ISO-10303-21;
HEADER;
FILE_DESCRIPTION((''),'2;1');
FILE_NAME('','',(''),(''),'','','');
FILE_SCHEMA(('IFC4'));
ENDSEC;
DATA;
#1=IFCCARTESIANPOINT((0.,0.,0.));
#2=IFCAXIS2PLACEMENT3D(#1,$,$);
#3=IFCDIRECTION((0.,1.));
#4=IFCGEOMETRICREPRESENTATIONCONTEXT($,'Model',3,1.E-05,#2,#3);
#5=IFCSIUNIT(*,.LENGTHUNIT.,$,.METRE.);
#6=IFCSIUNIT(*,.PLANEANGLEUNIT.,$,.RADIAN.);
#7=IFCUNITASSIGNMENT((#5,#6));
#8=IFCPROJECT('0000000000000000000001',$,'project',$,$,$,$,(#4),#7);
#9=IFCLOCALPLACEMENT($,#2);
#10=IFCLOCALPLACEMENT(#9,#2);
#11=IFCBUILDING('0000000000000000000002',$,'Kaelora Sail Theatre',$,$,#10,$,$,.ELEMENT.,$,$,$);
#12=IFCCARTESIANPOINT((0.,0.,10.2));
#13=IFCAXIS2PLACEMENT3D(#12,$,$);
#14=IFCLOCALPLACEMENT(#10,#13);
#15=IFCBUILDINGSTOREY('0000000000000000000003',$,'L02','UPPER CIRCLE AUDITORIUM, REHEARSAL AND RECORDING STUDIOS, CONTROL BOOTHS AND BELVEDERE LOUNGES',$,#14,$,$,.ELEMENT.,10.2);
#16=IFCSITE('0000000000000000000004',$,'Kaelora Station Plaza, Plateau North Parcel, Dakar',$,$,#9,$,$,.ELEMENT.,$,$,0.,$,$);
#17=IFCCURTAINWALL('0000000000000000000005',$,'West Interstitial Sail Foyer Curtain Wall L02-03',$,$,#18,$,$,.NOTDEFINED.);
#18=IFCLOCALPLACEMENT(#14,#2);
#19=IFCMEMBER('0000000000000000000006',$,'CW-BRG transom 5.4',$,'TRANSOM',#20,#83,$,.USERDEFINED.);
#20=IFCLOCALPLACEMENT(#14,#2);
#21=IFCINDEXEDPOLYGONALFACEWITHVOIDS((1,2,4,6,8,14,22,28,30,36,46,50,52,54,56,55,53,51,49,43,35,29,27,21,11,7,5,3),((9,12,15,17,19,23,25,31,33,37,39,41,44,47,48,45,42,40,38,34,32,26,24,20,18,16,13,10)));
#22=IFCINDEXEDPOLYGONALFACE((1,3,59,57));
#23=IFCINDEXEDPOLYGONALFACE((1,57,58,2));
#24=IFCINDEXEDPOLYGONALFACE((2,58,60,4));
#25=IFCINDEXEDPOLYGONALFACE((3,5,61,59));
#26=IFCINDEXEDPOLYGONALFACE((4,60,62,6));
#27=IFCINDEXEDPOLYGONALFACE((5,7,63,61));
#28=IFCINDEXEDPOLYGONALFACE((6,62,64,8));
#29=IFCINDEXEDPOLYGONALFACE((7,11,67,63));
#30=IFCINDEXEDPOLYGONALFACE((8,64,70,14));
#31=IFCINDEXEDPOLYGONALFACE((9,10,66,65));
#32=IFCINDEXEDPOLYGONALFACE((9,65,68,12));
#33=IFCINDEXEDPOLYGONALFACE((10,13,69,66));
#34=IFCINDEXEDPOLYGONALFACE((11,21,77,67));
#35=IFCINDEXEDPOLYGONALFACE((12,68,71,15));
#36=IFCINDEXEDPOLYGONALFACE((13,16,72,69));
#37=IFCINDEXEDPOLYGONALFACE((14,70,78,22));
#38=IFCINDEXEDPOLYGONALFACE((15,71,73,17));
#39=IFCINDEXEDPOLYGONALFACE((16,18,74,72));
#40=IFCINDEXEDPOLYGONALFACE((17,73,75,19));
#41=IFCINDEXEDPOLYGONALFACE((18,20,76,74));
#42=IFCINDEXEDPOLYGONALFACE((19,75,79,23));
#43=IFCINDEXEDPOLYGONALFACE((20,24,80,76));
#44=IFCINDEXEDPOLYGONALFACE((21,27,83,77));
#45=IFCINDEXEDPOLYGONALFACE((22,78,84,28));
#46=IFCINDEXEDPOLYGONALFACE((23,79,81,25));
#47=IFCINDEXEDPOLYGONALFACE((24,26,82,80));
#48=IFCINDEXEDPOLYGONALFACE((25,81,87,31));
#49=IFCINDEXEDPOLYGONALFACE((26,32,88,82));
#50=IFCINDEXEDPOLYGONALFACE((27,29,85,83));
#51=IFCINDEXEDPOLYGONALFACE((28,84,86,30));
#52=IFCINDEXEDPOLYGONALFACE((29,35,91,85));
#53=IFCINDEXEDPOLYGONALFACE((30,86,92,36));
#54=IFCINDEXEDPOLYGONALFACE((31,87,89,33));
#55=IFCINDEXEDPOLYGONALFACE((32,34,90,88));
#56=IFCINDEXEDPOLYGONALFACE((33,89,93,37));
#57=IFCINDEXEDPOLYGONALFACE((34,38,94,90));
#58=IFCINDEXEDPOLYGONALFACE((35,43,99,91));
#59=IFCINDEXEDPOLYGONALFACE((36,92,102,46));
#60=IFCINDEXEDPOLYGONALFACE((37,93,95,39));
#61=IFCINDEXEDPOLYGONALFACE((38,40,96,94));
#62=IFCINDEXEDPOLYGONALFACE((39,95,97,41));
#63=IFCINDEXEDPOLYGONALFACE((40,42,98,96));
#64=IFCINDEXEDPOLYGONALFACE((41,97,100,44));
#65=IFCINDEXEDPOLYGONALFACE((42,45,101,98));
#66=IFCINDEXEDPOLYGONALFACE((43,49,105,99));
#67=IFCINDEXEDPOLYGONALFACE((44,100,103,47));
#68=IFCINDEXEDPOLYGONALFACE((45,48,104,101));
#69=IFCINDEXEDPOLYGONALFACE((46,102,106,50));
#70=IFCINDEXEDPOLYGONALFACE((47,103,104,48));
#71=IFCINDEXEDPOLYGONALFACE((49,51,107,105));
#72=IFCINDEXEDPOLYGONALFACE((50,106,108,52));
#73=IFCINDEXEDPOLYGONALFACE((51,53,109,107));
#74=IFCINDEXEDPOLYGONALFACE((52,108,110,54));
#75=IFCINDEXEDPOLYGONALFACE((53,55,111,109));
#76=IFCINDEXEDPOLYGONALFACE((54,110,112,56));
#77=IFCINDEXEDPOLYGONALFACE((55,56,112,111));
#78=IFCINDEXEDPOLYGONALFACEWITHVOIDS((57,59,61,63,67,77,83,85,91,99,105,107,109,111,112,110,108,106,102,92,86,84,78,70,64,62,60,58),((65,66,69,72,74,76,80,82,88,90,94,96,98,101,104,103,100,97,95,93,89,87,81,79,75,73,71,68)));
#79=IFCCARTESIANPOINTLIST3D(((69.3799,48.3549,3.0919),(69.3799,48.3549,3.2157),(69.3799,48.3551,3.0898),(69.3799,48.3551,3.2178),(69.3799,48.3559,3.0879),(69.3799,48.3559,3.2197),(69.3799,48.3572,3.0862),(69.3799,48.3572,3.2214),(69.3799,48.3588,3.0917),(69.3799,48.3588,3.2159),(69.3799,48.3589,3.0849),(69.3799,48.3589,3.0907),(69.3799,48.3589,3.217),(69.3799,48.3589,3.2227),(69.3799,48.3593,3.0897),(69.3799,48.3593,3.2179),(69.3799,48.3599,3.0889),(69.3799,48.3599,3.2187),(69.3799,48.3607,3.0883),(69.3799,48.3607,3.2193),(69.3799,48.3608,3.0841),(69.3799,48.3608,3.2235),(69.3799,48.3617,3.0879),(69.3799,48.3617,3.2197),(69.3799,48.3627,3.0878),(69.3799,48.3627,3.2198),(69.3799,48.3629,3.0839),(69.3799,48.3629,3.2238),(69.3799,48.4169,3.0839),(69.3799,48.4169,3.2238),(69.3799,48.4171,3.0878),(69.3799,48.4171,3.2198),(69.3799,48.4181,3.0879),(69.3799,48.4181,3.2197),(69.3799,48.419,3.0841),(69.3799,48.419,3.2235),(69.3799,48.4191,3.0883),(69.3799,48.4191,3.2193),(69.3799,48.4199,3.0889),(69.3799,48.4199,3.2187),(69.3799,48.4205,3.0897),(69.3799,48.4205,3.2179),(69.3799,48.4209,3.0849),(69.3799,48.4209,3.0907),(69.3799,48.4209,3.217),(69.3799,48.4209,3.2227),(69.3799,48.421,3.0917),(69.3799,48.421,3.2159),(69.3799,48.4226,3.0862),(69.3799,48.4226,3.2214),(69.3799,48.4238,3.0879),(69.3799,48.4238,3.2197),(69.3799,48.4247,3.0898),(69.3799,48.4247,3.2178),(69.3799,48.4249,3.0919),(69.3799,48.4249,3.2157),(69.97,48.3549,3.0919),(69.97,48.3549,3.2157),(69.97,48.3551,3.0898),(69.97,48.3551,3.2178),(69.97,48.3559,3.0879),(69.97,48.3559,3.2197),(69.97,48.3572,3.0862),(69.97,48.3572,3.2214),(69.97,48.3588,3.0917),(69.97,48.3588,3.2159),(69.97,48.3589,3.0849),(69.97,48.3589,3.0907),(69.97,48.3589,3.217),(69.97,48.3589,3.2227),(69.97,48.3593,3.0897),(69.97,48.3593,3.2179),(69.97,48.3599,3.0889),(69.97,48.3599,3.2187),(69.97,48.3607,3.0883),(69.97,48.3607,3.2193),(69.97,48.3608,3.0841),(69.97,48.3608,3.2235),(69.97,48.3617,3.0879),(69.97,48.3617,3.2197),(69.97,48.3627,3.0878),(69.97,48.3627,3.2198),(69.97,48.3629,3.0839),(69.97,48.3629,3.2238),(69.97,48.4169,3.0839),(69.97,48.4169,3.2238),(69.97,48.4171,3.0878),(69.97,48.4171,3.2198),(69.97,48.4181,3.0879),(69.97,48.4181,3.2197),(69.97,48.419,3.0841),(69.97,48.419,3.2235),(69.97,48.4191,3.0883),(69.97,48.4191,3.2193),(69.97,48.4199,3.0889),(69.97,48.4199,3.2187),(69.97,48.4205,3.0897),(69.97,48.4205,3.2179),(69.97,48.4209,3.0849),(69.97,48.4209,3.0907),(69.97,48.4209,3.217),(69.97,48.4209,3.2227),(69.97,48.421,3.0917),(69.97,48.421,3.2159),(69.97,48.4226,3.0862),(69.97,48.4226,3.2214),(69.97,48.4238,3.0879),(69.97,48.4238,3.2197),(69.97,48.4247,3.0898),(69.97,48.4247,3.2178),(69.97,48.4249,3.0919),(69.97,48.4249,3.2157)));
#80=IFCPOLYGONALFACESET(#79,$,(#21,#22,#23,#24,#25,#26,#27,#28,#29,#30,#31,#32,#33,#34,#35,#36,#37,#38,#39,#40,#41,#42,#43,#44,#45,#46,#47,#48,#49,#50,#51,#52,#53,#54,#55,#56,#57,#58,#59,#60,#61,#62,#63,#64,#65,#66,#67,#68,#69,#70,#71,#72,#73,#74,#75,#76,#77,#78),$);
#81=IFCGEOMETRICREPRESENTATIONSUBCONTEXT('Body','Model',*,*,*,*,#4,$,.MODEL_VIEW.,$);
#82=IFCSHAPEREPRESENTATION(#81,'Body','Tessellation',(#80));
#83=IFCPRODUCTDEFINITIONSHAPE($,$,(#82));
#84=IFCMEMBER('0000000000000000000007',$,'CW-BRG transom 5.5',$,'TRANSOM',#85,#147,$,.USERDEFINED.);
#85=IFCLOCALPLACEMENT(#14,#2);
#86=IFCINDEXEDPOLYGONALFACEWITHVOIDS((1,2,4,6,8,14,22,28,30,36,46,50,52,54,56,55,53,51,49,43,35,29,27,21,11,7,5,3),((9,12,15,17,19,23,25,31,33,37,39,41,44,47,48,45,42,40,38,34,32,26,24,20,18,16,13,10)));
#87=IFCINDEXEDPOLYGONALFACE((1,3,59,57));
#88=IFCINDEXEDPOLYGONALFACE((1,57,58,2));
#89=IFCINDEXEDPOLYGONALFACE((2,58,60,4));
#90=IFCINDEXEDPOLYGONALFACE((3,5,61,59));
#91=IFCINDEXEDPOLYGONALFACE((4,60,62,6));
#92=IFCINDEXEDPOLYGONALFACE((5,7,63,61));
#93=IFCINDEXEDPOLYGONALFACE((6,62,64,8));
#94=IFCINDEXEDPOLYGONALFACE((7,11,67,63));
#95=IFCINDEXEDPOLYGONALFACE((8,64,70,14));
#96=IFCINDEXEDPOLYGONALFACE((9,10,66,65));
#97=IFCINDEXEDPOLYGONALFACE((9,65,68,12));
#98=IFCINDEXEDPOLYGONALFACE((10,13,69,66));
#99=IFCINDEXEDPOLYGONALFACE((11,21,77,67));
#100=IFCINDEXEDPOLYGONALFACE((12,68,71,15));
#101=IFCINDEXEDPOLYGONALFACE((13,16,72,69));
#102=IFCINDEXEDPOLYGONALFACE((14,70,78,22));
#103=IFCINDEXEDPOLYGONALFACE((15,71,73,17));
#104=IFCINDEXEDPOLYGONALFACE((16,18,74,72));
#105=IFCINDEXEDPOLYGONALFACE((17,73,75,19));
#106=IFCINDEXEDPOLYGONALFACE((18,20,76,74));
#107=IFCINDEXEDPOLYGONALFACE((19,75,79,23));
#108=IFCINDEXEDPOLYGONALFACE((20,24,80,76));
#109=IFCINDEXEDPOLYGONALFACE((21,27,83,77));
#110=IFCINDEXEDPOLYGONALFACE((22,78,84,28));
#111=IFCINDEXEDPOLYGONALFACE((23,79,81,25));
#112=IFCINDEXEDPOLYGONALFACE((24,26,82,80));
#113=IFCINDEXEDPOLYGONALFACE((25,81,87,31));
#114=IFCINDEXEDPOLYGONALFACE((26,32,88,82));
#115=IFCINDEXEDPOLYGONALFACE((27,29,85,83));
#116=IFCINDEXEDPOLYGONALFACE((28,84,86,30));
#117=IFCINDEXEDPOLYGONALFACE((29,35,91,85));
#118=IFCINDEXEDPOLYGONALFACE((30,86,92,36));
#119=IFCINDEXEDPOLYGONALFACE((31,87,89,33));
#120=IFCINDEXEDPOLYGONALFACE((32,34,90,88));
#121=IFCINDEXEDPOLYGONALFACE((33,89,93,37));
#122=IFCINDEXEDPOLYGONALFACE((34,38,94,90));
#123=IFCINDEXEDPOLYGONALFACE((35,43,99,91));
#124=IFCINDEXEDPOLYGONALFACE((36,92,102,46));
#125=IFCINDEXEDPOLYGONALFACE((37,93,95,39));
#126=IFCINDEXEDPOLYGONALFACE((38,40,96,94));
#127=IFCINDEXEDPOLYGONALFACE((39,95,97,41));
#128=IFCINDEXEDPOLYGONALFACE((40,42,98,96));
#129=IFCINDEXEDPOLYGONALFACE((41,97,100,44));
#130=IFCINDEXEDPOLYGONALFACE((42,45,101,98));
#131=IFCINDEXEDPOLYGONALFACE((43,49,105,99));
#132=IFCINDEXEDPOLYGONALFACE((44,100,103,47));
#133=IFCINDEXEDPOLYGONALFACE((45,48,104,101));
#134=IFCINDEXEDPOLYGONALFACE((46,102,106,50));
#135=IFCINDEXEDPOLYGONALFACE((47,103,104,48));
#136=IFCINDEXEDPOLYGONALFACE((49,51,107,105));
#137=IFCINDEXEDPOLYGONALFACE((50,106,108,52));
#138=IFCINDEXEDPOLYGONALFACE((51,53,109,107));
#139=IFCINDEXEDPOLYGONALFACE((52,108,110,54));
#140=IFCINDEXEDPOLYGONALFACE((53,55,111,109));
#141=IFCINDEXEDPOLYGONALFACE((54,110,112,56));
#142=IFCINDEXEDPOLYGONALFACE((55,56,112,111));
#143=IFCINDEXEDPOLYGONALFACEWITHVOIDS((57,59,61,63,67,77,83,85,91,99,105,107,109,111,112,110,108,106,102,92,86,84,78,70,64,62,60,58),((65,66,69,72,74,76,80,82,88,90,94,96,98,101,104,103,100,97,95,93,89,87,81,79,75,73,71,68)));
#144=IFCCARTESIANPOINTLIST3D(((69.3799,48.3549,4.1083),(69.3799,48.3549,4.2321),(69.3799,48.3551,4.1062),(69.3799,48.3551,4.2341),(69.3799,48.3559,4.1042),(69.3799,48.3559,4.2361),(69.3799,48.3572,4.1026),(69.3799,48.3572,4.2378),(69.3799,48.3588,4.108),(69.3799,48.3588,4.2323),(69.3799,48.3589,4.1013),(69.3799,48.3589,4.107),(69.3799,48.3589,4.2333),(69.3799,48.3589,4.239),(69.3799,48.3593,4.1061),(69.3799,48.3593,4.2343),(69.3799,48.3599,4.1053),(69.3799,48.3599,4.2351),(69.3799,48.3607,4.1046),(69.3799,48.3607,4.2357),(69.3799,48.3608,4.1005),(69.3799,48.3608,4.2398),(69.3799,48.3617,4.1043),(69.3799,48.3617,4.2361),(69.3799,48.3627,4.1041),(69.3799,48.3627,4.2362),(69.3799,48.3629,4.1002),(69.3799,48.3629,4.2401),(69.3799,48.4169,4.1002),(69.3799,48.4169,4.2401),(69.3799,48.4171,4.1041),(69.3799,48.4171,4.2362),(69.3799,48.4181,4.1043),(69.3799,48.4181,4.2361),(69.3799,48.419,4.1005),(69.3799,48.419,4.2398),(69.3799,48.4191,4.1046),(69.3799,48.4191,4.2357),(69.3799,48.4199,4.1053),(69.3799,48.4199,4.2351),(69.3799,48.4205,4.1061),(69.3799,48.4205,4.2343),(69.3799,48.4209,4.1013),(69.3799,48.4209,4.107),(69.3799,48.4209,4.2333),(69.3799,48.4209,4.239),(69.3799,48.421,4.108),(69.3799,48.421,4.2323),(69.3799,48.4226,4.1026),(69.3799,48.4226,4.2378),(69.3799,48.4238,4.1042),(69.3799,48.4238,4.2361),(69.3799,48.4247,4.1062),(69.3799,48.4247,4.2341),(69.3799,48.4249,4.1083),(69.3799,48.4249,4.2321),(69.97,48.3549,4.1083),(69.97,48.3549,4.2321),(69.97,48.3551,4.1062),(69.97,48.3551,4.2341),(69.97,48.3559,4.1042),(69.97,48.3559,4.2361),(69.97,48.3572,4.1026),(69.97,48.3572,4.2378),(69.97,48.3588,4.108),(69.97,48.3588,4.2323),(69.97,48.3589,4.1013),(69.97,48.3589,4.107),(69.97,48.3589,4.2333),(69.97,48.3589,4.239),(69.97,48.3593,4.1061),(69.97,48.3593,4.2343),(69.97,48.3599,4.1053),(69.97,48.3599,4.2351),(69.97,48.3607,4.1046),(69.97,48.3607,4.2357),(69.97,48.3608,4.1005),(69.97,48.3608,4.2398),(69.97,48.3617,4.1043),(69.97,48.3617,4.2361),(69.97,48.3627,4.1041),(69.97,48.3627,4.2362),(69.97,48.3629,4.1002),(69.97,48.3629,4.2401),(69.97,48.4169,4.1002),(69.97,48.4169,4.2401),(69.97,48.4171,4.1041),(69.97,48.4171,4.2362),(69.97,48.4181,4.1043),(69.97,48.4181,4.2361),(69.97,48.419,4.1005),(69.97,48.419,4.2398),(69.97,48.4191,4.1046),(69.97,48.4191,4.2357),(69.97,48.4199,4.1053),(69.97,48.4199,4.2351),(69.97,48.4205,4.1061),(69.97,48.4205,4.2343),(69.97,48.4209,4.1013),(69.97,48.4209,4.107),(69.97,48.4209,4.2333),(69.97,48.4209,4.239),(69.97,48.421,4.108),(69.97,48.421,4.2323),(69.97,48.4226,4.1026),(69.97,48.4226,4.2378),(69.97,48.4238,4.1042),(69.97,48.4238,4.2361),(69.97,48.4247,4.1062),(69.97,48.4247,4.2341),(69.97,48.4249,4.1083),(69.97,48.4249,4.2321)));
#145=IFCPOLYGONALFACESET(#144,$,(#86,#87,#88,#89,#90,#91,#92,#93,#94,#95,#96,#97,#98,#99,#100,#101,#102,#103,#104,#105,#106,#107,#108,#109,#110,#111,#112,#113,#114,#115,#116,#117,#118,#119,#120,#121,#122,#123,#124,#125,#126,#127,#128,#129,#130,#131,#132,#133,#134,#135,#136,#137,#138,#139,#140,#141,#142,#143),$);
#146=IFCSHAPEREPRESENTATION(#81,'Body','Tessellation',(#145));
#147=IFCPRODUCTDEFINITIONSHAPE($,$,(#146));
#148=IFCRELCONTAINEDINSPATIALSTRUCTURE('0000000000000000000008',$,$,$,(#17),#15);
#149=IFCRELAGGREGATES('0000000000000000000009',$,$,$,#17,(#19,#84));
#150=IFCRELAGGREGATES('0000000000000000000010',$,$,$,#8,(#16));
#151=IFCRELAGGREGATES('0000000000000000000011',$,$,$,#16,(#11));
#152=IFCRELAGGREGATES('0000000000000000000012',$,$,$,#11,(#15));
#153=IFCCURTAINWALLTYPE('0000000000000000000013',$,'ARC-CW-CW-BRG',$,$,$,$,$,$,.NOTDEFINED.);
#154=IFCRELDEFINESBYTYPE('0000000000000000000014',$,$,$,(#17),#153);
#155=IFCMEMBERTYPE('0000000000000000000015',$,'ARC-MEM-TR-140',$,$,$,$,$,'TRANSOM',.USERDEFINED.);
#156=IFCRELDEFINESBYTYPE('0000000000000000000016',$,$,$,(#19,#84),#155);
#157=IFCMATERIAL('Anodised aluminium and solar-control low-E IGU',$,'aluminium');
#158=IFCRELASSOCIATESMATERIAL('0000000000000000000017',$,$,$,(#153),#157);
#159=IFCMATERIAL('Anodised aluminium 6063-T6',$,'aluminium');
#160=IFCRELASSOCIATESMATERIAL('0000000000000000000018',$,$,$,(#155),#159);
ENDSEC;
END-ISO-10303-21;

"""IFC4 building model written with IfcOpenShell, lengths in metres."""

from ifc_helpers import new_model, si_unit, direction, frame, origin, origin_2d, place, context, subcontext, project, spatial, hollow_rectangle, extrude, material, material_profile, profile_set, type_object, element, aggregate, save


model = new_model("IFC4")

# Units and contexts
model_context = context("Model", 3, precision=1e-05, world=origin(), true_north=direction((0.0, 1.0)))
body_context = subcontext(model_context, "Body", "Model", "MODEL_VIEW")
ifc_project = project(units=[si_unit("LENGTHUNIT", "METRE"), si_unit("PLANEANGLEUNIT", "RADIAN")], contexts=[model_context])

# Site, building, storey
site_placement = place(None, origin())
site = spatial("IfcSite", under=ifc_project, at=site_placement, Name="Kaelora Station Plaza, Plateau North Parcel, Dakar", CompositionType="ELEMENT", RefElevation=0.0)
building_placement = place(site_placement, origin())
building = spatial("IfcBuilding", under=site, at=building_placement, Name="Kaelora Sail Theatre", CompositionType="ELEMENT")
storey_placement = place(building_placement, frame((0.0, 0.0, 10.2)))
storey = spatial("IfcBuildingStorey", under=building, at=storey_placement, Name="L02", Description="UPPER CIRCLE AUDITORIUM, REHEARSAL AND RECORDING STUDIOS, CONTROL BOOTHS AND BELVEDERE LOUNGES", CompositionType="ELEMENT", Elevation=10.2)

# Curtain wall, members
ifc_material_1 = material(Name="Anodised aluminium and solar-control low-E IGU", Category="aluminium")
curtain_wall_type = type_object("IfcCurtainWallType", Name="ARC-CW-CW-BRG", PredefinedType="NOTDEFINED", material=ifc_material_1)
curtain_wall_placement = place(storey_placement, origin())
curtain_wall = element("IfcCurtainWall", 1, at=curtain_wall_placement, inside=storey, type_object=curtain_wall_type, Name="West Interstitial Sail Foyer Curtain Wall L02-03", PredefinedType="NOTDEFINED")
ifc_material_2 = material(Name="Anodised aluminium 6063-T6", Category="aluminium")
ifc_material_profile_1 = material_profile(ifc_material_2, hollow_rectangle(XDim=0.0701, YDim=0.1399, WallThickness=0.0039, InnerFilletRadius=0.0039, OuterFilletRadius=0.0081, at=origin_2d()), Name="ALU-TRAN 70x140x4")
ifc_profile_set_1 = profile_set([ifc_material_profile_1], Name="Anodised aluminium 6063-T6")
member_type_1 = type_object("IfcMemberType", Name="ARC-MEM-TR-140", ElementType="TRANSOM", PredefinedType="USERDEFINED", material=ifc_profile_set_1)
member_1_placement = place(storey_placement, frame((69.3799, 48.3899, 3.1538), z_axis=(1.0, 0.0, 0.0), x_axis=(0.0, 1.0, 0.0)))
member_1 = element("IfcMember", 2, at=member_1_placement, type_object=member_type_1, Name="CW-BRG transom 5.4", ObjectType="TRANSOM", PredefinedType="USERDEFINED", context=body_context, shape_type="SweptSolid", body=[
    extrude(hollow_rectangle(XDim=0.0701, YDim=0.1399, WallThickness=0.0039, InnerFilletRadius=0.0039, OuterFilletRadius=0.0081, at=origin_2d()), origin(), (0.0, 0.0, 1.0), 0.5901),
])
member_2_placement = place(storey_placement, frame((69.3799, 48.3899, 4.1702), z_axis=(1.0, 0.0, 0.0), x_axis=(0.0, 1.0, 0.0)))
member_2 = element("IfcMember", 3, at=member_2_placement, type_object=member_type_1, Name="CW-BRG transom 5.5", ObjectType="TRANSOM", PredefinedType="USERDEFINED", context=body_context, shape_type="SweptSolid", body=[
    extrude(hollow_rectangle(XDim=0.0701, YDim=0.1399, WallThickness=0.0039, InnerFilletRadius=0.0039, OuterFilletRadius=0.0081, at=origin_2d()), origin(), (0.0, 0.0, 1.0), 0.5901),
])

aggregate(curtain_wall, [member_1, member_2])

save(model, "model.ifc")
